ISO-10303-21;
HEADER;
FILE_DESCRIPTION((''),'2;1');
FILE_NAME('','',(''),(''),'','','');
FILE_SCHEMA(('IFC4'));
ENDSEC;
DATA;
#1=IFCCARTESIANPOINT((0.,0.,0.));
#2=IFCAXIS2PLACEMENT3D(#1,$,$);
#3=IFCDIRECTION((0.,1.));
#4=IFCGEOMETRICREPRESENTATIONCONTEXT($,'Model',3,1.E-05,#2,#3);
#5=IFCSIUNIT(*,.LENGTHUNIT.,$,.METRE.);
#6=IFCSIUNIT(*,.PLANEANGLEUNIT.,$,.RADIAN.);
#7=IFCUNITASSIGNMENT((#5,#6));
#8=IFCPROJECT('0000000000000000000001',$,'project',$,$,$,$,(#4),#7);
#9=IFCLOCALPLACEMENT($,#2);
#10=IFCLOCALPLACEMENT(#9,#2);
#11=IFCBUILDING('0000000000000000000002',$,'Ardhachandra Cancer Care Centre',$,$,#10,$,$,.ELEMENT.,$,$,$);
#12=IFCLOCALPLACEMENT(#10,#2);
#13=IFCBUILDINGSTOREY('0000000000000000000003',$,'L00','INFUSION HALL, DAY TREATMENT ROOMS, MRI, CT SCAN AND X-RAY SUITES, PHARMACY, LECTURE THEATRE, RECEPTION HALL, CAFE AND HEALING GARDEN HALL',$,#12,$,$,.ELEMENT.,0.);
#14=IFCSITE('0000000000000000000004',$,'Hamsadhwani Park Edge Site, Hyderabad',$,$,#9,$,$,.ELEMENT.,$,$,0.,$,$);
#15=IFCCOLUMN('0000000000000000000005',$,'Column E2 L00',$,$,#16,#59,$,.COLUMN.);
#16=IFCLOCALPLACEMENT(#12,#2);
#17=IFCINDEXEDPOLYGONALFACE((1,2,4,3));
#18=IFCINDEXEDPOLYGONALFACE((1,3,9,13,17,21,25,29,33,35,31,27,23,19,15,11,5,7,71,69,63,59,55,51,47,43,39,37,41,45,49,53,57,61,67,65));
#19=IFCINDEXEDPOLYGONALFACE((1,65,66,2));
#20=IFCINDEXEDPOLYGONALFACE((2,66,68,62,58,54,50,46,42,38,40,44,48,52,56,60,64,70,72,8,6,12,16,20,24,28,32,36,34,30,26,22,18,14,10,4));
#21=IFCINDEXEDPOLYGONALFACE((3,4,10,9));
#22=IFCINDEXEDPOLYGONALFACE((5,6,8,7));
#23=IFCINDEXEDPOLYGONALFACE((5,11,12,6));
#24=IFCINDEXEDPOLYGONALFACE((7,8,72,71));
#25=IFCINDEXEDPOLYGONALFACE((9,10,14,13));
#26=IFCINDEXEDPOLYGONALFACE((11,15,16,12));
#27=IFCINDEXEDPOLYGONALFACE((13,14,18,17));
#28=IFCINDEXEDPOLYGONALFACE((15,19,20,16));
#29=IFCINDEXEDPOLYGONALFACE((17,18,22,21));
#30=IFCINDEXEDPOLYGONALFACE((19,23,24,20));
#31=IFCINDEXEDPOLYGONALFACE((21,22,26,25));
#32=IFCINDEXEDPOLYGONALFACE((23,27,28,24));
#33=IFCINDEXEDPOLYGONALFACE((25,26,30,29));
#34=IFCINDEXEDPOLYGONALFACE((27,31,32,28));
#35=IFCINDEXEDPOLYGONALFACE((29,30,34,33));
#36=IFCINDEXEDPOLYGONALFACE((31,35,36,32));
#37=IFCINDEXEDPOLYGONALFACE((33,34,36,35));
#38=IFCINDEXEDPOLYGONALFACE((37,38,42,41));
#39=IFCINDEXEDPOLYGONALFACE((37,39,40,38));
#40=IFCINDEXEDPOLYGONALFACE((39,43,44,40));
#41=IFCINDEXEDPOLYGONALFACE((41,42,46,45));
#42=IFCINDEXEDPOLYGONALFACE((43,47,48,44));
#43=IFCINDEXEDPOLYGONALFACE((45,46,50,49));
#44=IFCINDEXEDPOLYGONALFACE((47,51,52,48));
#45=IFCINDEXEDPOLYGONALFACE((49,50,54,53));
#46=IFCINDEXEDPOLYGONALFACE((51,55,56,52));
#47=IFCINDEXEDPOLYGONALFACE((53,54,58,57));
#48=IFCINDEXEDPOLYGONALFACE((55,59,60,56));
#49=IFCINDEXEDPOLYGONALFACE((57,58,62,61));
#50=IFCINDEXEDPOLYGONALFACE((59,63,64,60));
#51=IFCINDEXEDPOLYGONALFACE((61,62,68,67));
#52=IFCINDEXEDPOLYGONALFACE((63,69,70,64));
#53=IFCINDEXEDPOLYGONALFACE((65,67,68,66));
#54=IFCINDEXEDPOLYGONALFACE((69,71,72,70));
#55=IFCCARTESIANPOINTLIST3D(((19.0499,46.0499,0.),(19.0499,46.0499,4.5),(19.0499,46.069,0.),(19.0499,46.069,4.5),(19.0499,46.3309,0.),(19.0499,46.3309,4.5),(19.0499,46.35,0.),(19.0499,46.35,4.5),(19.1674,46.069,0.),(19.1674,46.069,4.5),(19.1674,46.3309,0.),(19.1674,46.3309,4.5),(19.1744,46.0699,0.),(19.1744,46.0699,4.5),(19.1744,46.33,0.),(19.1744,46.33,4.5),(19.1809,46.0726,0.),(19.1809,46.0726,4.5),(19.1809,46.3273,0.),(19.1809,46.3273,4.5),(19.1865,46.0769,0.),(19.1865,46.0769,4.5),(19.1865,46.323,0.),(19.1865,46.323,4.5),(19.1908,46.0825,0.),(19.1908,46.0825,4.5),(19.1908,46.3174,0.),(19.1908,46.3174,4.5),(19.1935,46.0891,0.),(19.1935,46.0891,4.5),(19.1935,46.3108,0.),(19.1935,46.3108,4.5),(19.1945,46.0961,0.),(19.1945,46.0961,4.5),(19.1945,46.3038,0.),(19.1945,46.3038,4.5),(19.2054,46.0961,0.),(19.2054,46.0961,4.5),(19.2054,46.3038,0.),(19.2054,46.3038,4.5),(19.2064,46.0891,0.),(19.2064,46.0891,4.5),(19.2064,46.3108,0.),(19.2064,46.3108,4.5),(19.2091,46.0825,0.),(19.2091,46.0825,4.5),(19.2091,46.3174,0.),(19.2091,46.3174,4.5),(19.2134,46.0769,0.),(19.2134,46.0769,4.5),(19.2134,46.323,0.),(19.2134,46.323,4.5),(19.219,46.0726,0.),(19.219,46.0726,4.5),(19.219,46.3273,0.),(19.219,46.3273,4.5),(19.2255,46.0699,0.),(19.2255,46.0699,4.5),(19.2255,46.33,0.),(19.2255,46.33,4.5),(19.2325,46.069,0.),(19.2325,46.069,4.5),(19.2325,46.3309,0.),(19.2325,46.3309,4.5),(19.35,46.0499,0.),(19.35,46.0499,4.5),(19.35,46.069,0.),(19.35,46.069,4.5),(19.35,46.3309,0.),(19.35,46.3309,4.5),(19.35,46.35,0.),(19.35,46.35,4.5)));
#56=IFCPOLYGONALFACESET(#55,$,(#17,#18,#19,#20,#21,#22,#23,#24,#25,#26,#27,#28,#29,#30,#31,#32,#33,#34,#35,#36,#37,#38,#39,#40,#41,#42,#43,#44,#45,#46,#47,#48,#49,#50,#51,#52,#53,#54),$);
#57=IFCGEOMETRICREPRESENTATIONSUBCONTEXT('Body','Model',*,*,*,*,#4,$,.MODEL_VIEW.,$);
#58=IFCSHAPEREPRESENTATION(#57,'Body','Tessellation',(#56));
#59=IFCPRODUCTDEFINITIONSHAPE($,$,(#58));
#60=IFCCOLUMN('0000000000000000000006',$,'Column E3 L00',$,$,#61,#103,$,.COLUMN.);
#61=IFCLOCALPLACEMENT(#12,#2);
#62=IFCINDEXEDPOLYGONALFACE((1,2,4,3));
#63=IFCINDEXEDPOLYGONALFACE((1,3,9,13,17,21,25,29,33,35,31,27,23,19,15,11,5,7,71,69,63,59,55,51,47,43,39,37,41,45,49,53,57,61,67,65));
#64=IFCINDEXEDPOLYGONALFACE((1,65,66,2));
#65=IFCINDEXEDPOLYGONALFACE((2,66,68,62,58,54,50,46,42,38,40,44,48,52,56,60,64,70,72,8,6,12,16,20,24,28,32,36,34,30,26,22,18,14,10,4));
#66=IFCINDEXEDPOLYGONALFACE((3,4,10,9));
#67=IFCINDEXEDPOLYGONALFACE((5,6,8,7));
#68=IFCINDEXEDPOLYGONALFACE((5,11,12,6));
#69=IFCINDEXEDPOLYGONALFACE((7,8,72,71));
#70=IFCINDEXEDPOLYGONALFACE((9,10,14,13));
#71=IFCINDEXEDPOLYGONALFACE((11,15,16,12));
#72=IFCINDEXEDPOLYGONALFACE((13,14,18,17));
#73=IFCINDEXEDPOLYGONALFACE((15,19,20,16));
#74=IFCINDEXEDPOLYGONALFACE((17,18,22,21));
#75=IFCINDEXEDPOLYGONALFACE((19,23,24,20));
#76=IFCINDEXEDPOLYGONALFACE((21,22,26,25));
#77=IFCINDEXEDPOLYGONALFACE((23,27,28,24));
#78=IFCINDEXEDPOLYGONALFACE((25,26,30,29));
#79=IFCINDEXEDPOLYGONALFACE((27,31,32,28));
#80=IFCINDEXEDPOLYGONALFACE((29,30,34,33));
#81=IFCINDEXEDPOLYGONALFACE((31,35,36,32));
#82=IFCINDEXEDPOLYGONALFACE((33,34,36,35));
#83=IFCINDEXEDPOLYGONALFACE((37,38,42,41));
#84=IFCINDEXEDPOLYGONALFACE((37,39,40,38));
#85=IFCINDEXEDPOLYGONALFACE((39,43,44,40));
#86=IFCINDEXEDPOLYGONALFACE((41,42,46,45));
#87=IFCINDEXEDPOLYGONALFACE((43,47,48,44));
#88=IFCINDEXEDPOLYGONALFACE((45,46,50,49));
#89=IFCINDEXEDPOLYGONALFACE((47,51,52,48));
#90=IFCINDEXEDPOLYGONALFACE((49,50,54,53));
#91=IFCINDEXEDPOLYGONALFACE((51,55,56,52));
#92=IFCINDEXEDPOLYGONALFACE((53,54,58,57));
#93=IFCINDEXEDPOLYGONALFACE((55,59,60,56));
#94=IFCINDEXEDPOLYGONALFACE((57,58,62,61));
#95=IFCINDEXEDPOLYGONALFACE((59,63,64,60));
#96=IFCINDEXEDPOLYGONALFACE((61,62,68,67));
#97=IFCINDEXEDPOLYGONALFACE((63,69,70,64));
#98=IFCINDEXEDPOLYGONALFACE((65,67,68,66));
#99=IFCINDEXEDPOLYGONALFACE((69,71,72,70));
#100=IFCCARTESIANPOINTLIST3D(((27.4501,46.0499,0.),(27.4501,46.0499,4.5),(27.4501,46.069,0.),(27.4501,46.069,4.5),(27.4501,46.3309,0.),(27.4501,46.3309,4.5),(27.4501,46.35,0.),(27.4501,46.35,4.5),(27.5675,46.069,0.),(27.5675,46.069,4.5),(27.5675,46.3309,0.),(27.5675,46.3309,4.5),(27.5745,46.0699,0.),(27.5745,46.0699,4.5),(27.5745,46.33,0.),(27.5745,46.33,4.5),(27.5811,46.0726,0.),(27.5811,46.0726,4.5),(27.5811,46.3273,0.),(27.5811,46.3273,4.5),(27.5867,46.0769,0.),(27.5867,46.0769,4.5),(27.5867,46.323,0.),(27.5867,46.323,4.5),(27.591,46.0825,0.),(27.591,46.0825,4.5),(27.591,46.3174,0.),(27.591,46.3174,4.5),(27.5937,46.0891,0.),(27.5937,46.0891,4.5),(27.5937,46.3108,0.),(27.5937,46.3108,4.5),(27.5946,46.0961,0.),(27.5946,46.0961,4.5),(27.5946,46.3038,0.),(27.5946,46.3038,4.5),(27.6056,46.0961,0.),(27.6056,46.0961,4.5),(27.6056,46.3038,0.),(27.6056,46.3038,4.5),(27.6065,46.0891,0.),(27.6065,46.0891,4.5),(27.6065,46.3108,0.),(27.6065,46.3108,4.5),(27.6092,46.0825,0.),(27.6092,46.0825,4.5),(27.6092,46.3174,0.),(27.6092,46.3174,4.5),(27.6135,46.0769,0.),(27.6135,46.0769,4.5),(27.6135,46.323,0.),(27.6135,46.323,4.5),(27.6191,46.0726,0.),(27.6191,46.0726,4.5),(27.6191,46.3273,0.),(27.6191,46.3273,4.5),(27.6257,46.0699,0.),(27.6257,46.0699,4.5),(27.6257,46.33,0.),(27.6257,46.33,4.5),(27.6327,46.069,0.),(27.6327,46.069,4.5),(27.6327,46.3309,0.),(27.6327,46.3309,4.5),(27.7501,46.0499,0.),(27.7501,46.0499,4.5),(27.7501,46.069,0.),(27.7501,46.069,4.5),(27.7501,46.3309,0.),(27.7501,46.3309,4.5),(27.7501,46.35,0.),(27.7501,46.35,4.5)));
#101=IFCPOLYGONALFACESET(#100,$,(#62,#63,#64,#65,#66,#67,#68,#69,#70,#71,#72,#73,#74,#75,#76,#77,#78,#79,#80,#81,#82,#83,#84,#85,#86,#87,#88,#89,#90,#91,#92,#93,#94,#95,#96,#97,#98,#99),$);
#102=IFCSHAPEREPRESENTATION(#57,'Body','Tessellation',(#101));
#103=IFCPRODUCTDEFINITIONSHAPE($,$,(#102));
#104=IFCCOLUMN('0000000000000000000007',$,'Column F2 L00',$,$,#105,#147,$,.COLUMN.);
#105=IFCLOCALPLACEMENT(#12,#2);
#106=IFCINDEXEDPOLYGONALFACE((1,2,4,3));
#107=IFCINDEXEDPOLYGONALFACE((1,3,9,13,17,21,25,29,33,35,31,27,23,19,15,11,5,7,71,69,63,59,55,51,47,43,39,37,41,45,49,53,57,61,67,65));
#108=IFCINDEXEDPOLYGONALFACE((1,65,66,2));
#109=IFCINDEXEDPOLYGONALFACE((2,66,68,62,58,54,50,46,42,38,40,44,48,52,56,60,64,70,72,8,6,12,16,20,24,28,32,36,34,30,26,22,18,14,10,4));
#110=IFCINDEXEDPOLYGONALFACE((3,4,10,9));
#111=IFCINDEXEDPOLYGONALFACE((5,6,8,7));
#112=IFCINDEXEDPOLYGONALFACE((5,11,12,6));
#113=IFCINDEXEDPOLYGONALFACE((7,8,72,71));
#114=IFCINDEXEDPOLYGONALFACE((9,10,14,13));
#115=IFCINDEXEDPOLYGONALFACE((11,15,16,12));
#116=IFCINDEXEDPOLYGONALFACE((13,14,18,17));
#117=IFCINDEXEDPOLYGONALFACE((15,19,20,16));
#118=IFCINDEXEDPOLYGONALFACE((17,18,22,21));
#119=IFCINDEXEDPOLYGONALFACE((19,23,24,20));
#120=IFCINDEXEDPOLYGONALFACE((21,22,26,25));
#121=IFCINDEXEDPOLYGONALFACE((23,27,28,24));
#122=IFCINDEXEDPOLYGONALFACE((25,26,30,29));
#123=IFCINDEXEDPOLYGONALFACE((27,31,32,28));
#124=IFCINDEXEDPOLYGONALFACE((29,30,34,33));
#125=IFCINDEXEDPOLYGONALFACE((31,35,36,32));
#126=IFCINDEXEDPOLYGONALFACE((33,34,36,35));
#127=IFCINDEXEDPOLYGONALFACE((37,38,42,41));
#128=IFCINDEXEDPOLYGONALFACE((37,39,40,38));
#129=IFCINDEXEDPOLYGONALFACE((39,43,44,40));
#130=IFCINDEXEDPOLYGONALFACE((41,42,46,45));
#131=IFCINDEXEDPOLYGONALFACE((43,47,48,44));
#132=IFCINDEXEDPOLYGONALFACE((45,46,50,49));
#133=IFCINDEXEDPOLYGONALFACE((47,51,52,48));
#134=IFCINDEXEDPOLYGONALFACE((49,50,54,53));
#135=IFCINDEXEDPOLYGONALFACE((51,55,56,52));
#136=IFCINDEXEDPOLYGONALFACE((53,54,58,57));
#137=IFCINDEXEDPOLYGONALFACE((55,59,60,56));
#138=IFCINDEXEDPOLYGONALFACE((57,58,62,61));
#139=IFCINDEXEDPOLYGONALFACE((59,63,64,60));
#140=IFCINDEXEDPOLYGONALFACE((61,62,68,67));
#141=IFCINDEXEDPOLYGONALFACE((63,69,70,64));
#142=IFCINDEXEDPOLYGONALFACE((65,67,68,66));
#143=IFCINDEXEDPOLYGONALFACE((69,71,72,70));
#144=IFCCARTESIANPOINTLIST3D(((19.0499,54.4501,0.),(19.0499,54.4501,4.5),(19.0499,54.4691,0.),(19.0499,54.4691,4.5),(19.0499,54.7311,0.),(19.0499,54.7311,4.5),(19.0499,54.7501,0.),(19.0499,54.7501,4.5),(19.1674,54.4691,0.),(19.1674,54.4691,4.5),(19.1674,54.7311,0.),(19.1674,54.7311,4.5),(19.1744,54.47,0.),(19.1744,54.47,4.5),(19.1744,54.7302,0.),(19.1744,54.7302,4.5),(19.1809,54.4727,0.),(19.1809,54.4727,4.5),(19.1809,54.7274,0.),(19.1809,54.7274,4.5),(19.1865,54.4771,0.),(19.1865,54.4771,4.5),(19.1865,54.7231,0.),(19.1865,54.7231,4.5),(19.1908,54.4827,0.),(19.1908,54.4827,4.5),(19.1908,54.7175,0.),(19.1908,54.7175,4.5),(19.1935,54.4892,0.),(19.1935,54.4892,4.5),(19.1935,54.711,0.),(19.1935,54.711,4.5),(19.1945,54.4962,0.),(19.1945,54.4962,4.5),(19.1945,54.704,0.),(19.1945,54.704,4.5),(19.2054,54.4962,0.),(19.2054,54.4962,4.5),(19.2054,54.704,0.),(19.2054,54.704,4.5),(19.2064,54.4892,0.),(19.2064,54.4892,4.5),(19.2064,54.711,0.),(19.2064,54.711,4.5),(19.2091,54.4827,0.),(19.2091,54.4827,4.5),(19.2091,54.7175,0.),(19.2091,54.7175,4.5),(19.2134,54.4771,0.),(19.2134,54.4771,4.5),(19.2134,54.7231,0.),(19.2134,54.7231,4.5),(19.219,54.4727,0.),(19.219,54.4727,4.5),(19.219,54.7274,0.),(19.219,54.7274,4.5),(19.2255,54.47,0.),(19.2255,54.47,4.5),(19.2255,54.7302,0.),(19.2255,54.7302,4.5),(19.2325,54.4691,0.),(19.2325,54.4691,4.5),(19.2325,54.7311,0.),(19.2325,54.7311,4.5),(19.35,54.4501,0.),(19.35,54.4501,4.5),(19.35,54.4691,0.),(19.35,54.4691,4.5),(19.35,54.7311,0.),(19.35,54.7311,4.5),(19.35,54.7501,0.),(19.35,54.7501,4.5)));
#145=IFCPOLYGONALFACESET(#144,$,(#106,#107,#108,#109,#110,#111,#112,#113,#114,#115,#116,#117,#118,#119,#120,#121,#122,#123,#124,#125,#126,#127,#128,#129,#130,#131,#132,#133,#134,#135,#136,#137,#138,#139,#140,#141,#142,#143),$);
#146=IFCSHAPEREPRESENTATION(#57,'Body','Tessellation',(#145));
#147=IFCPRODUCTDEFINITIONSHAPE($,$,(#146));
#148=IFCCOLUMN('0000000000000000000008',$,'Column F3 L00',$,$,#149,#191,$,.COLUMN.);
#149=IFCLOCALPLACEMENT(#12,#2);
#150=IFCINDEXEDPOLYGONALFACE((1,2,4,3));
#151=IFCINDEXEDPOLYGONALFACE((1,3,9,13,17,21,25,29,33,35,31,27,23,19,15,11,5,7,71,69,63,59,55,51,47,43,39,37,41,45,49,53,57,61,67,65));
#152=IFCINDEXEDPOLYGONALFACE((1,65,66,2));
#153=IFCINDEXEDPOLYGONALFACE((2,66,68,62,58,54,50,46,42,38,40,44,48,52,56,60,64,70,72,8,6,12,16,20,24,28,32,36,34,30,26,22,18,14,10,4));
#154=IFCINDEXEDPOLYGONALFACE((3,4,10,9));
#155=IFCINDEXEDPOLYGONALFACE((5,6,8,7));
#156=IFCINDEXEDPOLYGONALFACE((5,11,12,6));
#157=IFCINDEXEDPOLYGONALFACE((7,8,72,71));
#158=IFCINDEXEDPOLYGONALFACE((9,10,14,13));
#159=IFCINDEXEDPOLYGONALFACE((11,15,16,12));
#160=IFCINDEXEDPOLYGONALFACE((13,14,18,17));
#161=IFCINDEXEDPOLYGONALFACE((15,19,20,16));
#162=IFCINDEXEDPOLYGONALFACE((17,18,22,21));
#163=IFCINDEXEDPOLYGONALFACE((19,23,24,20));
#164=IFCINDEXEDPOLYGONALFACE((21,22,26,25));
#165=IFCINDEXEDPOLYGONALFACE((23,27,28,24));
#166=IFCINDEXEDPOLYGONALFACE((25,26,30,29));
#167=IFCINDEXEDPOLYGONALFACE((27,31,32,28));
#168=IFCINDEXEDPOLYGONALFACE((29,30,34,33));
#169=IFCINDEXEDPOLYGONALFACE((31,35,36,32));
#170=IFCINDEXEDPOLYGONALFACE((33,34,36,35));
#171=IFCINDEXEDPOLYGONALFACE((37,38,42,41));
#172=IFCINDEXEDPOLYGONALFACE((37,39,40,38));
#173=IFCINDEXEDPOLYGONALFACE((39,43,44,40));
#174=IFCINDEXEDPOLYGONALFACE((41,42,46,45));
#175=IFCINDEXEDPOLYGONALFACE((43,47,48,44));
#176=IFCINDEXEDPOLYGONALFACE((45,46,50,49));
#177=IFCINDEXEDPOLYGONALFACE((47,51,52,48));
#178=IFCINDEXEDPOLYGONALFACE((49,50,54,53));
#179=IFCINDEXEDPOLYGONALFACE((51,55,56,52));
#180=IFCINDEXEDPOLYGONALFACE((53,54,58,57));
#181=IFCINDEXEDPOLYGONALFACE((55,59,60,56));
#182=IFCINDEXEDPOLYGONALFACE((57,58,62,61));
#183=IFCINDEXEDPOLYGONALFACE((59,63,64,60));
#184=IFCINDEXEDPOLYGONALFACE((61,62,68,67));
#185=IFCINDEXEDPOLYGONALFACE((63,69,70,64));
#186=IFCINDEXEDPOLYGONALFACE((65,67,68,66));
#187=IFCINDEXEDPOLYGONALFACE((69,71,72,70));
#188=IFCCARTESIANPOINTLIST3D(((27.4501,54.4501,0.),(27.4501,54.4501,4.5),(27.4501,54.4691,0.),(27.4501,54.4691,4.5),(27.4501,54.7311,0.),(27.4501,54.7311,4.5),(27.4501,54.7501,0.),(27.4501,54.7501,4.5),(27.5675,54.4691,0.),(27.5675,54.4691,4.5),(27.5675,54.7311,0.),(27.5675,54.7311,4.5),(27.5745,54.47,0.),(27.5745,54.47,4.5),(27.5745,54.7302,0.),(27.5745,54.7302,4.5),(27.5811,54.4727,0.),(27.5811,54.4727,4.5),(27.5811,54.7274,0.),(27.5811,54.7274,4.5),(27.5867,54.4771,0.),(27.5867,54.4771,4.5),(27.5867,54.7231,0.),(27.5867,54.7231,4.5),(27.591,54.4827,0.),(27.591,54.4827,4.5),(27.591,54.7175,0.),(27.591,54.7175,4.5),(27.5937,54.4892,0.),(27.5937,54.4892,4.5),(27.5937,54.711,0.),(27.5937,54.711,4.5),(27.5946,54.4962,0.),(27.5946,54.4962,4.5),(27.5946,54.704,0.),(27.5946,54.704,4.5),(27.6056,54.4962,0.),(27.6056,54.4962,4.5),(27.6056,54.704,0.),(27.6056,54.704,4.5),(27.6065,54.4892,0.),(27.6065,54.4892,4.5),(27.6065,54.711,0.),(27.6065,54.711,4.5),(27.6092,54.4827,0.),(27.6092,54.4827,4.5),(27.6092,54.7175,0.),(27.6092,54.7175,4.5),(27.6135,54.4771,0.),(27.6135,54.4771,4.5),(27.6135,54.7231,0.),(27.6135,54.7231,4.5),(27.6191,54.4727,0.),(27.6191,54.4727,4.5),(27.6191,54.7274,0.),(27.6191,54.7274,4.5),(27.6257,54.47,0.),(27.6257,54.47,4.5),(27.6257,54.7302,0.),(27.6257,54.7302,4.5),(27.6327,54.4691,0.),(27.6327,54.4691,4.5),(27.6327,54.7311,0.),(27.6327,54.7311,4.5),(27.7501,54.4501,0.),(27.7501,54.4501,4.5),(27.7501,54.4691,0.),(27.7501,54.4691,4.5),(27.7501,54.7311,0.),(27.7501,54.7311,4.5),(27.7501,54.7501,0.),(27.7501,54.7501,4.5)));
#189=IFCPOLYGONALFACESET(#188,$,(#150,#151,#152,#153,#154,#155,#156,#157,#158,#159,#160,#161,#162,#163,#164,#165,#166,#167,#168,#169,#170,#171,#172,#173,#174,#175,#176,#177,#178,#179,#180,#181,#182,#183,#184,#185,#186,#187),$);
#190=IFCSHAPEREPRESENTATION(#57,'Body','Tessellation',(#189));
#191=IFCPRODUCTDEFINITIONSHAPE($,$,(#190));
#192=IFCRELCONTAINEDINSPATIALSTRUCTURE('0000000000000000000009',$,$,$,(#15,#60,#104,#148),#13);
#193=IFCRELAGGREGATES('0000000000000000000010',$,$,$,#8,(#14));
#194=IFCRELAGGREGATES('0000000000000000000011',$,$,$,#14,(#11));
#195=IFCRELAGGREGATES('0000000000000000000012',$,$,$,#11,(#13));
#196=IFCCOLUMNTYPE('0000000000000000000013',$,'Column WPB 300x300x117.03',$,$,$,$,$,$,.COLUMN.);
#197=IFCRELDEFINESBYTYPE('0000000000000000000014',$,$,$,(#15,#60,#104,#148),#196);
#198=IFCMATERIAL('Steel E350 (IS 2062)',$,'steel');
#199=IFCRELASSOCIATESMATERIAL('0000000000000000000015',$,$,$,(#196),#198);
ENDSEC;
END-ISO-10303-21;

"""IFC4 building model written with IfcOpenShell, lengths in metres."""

from ifc_helpers import new_model, si_unit, direction, frame, origin, origin_2d, place, context, subcontext, project, spatial, i_section, extrude, material, material_profile, profile_set, type_object, element, save


model = new_model("IFC4")

# Units and contexts
model_context = context("Model", 3, precision=1e-05, world=origin(), true_north=direction((0.0, 1.0)))
body_context = subcontext(model_context, "Body", "Model", "MODEL_VIEW")
ifc_project = project(units=[si_unit("LENGTHUNIT", "METRE"), si_unit("PLANEANGLEUNIT", "RADIAN")], contexts=[model_context])

# Site, building, storey
site_placement = place(None, origin())
site = spatial("IfcSite", under=ifc_project, at=site_placement, Name="Hamsadhwani Park Edge Site, Hyderabad", CompositionType="ELEMENT", RefElevation=0.0)
building_placement = place(site_placement, origin())
building = spatial("IfcBuilding", under=site, at=building_placement, Name="Ardhachandra Cancer Care Centre", CompositionType="ELEMENT")
storey_placement = place(building_placement, origin())
storey = spatial("IfcBuildingStorey", under=building, at=storey_placement, Name="L00", Description="INFUSION HALL, DAY TREATMENT ROOMS, MRI, CT SCAN AND X-RAY SUITES, PHARMACY, LECTURE THEATRE, RECEPTION HALL, CAFE AND HEALING GARDEN HALL", CompositionType="ELEMENT", Elevation=0.0)

# Columns
ifc_material_1 = material(Name="Steel E350 (IS 2062)", Category="steel")
ifc_material_profile_1 = material_profile(ifc_material_1, i_section(OverallWidth=0.3, OverallDepth=0.3, WebThickness=0.011, FlangeThickness=0.019, FilletRadius=0.0271, at=origin_2d()), Name="WPB 300x300x117.03")
ifc_profile_set_1 = profile_set([ifc_material_profile_1], Name="Steel E350 (IS 2062)")
column_type = type_object("IfcColumnType", Name="Column WPB 300x300x117.03", PredefinedType="COLUMN", material=ifc_profile_set_1)
for number, where, z_axis, x_axis, name in (
    (1, (19.2, 46.2, 0.0), (0.0, 0.0, 1.0), (1.0, 0.0, 0.0), "Column E2 L00"),
    (2, (27.6001, 46.2, 0.0), (0.0, 0.0, 1.0), (1.0, 0.0, 0.0), "Column E3 L00"),
    (3, (19.2, 54.6001, 0.0), (0.0, 0.0, 1.0), (1.0, 0.0, 0.0), "Column F2 L00"),
    (4, (27.6001, 54.6001, 0.0), (0.0, 0.0, 1.0), (1.0, 0.0, 0.0), "Column F3 L00"),
):
    element("IfcColumn", number, at=place(storey_placement, frame(where, z_axis=z_axis, x_axis=x_axis)), inside=storey, type_object=column_type, Name=name, PredefinedType="COLUMN", context=body_context, shape_type="SweptSolid", body=[
        extrude(i_section(OverallWidth=0.3, OverallDepth=0.3, WebThickness=0.011, FlangeThickness=0.019, FilletRadius=0.0271, at=origin_2d()), origin(), (0.0, 0.0, 1.0), 4.5),
    ])

save(model, "model.ifc")
